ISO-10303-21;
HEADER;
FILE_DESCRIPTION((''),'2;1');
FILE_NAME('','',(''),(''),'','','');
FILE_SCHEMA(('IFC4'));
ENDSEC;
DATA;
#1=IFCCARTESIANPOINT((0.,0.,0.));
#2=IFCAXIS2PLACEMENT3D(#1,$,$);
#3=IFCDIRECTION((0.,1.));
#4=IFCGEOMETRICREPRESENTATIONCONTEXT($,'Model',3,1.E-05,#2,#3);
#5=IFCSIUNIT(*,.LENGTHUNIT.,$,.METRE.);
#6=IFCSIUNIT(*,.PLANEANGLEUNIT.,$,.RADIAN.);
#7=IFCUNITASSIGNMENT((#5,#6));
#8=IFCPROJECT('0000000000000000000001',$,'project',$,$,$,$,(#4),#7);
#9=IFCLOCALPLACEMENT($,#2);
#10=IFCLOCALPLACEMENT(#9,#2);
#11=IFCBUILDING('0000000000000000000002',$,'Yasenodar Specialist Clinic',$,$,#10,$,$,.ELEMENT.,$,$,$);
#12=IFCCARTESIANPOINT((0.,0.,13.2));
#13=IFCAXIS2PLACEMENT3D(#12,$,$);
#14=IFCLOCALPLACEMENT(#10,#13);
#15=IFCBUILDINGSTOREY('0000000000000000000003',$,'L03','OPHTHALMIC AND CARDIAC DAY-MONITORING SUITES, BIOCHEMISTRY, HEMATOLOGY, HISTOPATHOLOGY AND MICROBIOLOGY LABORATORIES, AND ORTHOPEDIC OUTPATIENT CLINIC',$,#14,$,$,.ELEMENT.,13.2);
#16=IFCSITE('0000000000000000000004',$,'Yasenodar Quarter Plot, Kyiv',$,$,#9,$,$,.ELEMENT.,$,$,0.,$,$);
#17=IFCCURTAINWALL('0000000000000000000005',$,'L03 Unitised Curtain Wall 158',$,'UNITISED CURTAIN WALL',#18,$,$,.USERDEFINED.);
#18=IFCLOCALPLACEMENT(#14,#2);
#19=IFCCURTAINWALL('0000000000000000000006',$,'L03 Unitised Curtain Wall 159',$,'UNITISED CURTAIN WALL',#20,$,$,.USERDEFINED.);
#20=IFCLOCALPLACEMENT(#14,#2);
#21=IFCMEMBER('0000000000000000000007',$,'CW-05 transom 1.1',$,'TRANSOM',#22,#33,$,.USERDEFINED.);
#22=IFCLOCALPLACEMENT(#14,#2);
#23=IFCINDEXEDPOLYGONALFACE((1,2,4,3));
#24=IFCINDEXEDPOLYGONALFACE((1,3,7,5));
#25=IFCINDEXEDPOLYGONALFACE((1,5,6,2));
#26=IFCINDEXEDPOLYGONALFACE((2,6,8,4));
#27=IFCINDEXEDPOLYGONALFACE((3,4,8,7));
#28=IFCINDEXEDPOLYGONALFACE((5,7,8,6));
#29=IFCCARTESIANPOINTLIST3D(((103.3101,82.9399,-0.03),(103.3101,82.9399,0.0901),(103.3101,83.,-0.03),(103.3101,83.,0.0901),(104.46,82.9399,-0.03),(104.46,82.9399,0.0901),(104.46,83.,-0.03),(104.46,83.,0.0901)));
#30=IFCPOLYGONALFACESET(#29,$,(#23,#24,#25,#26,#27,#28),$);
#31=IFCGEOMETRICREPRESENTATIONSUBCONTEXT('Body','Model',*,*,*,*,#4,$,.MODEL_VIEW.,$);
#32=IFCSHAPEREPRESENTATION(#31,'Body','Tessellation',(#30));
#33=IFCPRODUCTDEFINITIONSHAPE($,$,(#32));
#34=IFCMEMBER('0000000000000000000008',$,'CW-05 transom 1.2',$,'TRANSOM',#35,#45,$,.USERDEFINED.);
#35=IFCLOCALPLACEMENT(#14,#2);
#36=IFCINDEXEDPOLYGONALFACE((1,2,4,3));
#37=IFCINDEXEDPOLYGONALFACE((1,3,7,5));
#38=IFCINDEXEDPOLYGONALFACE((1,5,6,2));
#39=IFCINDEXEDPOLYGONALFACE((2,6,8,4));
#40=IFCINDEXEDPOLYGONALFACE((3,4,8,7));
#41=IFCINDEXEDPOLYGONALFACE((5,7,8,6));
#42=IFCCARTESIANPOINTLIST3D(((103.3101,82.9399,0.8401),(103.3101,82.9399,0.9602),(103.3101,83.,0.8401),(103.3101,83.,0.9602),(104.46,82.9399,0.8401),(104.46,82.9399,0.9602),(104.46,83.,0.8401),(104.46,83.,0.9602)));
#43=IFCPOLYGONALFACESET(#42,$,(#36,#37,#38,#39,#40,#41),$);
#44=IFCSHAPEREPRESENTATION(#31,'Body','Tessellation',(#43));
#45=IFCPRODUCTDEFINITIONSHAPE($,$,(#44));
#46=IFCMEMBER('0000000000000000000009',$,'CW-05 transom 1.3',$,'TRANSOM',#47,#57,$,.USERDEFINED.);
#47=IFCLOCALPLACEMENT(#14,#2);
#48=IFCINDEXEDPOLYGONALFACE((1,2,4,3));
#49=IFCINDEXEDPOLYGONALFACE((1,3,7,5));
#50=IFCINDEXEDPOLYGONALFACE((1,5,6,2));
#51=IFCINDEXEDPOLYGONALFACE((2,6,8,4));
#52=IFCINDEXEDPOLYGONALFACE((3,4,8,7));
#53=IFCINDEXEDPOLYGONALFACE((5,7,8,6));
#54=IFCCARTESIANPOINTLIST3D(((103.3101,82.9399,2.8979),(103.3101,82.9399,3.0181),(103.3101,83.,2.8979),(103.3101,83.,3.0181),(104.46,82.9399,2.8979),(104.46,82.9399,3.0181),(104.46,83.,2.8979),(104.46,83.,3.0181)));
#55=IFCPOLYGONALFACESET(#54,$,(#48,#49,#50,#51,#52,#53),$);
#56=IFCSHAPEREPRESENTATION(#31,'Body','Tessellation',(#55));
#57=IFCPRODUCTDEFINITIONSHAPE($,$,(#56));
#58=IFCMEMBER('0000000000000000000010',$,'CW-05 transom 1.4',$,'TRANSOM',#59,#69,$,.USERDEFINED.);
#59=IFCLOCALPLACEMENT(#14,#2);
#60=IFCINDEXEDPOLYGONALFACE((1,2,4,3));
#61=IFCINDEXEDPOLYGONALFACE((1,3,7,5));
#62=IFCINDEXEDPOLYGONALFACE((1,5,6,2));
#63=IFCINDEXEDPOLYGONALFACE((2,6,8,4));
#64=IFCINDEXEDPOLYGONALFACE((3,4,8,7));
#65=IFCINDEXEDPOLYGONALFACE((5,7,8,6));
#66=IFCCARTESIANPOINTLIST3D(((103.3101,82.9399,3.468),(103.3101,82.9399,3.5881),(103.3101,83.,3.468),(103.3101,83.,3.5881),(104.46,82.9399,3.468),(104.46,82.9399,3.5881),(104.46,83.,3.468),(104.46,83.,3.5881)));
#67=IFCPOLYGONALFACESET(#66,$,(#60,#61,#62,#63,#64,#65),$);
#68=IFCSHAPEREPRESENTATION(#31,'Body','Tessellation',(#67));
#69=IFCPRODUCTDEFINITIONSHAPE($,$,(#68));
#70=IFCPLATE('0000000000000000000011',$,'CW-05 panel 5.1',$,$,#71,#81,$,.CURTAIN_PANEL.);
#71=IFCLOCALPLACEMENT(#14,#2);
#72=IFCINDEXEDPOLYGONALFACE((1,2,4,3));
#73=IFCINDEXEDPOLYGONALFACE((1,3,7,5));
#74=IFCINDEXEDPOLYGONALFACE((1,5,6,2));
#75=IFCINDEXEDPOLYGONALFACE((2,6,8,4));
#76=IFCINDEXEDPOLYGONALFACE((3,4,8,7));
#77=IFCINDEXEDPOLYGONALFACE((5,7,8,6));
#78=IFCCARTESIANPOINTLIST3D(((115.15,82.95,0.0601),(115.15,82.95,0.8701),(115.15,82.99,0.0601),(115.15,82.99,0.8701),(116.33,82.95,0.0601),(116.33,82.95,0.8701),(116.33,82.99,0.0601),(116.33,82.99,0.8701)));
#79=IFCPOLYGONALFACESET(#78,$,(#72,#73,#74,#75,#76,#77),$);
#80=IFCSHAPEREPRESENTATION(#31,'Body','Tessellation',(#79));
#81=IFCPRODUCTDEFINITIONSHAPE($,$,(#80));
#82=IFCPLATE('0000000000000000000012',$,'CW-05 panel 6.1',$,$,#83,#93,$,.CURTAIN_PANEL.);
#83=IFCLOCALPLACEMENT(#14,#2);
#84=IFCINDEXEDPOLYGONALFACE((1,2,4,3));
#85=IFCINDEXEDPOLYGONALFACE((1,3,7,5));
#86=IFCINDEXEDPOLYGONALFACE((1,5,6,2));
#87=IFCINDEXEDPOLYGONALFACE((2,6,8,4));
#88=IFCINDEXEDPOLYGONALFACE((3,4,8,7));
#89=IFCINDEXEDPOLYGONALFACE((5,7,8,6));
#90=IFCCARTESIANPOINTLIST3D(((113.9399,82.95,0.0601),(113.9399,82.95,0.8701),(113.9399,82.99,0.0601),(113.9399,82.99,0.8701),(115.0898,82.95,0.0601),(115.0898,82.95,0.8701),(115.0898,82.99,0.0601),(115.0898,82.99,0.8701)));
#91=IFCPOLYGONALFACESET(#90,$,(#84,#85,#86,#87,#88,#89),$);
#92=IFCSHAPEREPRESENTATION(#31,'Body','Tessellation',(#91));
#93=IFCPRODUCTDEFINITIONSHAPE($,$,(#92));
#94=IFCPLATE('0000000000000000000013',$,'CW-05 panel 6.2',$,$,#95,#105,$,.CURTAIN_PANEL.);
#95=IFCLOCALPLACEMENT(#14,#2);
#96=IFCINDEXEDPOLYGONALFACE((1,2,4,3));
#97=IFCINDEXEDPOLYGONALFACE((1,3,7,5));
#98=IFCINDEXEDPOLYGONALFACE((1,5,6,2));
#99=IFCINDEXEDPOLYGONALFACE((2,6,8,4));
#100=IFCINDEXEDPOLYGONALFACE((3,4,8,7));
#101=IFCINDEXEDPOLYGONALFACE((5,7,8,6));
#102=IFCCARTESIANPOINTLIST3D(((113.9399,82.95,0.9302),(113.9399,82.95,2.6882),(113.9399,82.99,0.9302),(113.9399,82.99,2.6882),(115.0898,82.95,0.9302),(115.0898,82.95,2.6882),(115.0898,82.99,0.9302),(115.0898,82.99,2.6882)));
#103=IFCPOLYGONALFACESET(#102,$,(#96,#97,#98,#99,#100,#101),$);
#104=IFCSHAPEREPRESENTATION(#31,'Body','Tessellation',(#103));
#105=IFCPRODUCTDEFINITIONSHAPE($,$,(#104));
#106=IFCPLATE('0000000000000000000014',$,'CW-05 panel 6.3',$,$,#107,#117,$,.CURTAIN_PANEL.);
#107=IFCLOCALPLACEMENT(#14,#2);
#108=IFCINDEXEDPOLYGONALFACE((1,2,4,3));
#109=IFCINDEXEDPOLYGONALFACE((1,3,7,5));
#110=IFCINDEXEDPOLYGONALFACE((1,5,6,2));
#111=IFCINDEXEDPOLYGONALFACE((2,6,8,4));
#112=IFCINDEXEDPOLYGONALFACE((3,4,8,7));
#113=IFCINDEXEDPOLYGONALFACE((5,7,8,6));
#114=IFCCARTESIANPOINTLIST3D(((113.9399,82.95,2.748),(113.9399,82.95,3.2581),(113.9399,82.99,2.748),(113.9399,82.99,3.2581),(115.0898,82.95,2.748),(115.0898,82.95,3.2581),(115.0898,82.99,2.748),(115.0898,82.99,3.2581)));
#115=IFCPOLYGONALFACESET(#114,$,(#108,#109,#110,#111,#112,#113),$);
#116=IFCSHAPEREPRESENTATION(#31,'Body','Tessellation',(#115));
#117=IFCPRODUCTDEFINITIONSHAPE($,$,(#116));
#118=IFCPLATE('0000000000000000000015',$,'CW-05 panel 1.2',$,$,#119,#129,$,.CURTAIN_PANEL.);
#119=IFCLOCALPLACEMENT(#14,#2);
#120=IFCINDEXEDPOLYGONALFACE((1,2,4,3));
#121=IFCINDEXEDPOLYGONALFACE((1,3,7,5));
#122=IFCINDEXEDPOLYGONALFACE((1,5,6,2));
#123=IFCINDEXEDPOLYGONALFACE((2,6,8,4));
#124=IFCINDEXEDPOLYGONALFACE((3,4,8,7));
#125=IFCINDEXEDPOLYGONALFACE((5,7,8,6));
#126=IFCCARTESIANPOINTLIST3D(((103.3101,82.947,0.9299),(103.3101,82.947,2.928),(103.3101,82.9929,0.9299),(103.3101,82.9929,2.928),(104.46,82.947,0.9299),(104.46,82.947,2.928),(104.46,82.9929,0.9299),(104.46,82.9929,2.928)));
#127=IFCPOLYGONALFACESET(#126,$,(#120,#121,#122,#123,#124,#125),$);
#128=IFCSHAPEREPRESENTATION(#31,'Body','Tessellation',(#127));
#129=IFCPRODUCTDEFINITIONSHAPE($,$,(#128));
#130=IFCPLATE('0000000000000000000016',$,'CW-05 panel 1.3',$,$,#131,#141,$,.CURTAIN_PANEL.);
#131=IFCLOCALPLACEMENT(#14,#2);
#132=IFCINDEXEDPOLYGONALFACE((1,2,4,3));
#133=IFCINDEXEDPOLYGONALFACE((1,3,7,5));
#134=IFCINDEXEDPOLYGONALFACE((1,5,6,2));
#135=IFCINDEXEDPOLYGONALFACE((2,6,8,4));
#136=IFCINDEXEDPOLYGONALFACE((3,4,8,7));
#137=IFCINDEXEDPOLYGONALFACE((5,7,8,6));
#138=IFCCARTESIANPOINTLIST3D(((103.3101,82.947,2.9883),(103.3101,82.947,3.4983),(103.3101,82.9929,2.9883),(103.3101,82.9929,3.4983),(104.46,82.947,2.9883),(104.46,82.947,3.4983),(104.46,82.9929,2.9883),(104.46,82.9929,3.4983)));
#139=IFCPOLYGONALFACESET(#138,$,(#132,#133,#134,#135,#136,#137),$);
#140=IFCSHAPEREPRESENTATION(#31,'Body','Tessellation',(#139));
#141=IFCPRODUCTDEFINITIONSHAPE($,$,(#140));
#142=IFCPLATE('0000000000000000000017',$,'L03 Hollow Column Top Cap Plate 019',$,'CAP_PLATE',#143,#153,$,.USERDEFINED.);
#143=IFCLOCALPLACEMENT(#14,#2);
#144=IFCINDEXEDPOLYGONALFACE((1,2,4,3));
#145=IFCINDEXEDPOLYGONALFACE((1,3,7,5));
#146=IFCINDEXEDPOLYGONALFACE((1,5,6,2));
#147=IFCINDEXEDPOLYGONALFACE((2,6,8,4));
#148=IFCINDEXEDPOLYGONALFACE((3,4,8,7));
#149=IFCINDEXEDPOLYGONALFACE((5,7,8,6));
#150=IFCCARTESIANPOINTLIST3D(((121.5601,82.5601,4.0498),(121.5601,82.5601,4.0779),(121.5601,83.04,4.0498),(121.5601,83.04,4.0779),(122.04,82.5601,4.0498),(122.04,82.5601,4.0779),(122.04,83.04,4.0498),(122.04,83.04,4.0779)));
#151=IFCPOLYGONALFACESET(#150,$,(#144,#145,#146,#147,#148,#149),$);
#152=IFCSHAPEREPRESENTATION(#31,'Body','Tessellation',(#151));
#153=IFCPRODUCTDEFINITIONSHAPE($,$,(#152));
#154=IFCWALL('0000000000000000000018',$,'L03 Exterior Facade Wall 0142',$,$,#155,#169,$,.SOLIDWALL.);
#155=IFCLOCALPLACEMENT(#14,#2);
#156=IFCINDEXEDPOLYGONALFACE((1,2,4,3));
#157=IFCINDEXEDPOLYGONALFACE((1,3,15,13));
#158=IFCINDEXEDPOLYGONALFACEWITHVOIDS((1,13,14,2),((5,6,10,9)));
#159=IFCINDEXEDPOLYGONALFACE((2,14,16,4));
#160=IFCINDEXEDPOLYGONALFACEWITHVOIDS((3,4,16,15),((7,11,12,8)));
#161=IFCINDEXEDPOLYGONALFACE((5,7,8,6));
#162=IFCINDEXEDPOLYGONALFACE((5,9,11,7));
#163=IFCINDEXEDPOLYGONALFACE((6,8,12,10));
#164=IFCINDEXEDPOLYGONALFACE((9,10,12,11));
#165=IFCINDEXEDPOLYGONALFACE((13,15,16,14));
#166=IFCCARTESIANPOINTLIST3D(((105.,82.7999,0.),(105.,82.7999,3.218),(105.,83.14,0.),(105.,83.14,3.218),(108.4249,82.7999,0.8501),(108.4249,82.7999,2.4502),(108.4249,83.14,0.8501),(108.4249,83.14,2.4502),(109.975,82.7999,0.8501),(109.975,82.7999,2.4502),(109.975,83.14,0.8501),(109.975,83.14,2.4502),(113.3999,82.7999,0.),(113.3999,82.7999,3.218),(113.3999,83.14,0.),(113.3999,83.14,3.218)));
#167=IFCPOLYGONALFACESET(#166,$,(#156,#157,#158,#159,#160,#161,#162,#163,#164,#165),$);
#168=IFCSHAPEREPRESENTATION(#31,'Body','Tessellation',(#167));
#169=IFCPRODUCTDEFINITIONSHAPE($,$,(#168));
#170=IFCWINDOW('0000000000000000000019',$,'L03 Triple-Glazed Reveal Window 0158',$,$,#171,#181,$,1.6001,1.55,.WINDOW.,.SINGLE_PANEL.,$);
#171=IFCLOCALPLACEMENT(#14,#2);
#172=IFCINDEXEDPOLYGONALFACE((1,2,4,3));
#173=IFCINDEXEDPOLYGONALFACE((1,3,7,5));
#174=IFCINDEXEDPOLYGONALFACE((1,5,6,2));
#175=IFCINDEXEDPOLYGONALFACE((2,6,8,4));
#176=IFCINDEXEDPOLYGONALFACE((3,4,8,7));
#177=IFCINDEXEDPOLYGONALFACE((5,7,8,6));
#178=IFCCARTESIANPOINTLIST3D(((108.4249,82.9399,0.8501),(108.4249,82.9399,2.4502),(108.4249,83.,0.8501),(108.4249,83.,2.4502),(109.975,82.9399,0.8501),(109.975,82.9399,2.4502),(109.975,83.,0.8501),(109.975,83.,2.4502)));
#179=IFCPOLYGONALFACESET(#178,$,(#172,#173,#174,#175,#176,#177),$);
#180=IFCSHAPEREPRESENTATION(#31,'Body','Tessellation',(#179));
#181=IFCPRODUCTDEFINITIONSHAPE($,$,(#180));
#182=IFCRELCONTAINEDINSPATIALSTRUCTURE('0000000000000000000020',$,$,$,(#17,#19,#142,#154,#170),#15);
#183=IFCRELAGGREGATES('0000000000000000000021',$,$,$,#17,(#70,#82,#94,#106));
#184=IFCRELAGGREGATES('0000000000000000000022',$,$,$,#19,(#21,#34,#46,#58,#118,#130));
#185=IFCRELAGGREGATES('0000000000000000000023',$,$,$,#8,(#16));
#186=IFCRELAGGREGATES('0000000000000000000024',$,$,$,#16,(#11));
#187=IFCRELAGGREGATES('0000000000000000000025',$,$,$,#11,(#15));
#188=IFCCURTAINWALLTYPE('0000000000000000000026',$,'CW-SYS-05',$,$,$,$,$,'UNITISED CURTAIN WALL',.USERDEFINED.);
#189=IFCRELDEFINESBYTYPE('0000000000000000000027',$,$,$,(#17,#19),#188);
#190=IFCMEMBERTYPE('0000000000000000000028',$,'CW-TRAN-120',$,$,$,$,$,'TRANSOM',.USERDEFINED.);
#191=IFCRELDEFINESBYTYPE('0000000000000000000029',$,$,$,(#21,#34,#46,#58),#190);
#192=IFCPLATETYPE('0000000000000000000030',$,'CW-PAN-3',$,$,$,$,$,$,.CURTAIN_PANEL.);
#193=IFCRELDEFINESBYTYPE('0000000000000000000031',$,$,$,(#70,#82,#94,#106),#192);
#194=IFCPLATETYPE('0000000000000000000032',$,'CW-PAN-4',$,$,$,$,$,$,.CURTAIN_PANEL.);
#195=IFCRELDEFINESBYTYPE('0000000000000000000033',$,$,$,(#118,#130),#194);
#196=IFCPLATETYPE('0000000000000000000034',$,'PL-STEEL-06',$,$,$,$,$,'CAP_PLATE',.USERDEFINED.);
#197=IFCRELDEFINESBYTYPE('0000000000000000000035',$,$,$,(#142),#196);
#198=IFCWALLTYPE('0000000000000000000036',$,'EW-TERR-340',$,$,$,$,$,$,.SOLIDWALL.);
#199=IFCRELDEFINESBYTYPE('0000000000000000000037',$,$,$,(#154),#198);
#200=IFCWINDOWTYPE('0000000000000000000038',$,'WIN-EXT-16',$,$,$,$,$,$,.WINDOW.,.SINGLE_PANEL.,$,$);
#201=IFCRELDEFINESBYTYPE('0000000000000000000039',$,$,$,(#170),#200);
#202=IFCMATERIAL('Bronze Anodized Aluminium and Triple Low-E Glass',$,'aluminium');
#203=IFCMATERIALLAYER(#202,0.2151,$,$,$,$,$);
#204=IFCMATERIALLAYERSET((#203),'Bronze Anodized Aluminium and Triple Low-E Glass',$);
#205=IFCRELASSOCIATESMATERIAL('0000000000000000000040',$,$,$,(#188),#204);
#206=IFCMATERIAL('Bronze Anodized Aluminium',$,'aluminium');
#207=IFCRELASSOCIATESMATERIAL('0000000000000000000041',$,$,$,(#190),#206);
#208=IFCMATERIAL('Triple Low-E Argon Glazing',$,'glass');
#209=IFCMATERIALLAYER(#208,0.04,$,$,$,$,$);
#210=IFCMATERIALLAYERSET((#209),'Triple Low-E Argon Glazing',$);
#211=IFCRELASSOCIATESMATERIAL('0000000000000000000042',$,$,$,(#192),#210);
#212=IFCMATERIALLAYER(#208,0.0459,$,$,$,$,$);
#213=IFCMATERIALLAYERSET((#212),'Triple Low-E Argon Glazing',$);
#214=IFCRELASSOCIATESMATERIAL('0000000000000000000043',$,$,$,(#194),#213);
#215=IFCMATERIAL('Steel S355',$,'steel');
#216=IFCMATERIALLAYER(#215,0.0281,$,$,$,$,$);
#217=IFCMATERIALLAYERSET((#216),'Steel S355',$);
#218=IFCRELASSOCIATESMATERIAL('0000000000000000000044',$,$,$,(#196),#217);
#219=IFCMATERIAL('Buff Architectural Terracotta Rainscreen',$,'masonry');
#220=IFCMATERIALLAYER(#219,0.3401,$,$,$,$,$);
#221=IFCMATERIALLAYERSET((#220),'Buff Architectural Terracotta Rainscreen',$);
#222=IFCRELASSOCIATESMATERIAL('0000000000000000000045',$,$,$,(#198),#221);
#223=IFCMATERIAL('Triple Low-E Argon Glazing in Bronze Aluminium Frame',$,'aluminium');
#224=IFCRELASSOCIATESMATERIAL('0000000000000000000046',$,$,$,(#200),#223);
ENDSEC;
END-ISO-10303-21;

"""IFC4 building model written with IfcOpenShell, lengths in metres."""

from ifc_helpers import new_model, si_unit, direction, frame, frame_2d, origin, origin_2d, place, context, subcontext, project, spatial, rectangle, extrude, material, layer, layer_set, material_profile, profile_set, type_object, element, fill, aggregate, save


model = new_model("IFC4")

# Units and contexts
model_context = context("Model", 3, precision=1e-05, world=origin(), true_north=direction((0.0, 1.0)))
body_context = subcontext(model_context, "Body", "Model", "MODEL_VIEW")
ifc_project = project(units=[si_unit("LENGTHUNIT", "METRE"), si_unit("PLANEANGLEUNIT", "RADIAN")], contexts=[model_context])

# Site, building, storey
site_placement = place(None, origin())
site = spatial("IfcSite", under=ifc_project, at=site_placement, Name="Yasenodar Quarter Plot, Kyiv", CompositionType="ELEMENT", RefElevation=0.0)
building_placement = place(site_placement, origin())
building = spatial("IfcBuilding", under=site, at=building_placement, Name="Yasenodar Specialist Clinic", CompositionType="ELEMENT")
storey_placement = place(building_placement, frame((0.0, 0.0, 13.2)))
storey = spatial("IfcBuildingStorey", under=building, at=storey_placement, Name="L03", Description="OPHTHALMIC AND CARDIAC DAY-MONITORING SUITES, BIOCHEMISTRY, HEMATOLOGY, HISTOPATHOLOGY AND MICROBIOLOGY LABORATORIES, AND ORTHOPEDIC OUTPATIENT CLINIC", CompositionType="ELEMENT", Elevation=13.2)

# Shared definitions
ifc_material_1 = material(Name="Steel S355", Category="steel")

# Curtain wall
ifc_material_2 = material(Name="Bronze Anodized Aluminium and Triple Low-E Glass", Category="aluminium")
ifc_layer_1 = layer(ifc_material_2, 0.2151)
ifc_layer_set_1 = layer_set([ifc_layer_1], Name="Bronze Anodized Aluminium and Triple Low-E Glass")
curtain_wall_type = type_object("IfcCurtainWallType", Name="CW-SYS-05", ElementType="UNITISED CURTAIN WALL", PredefinedType="USERDEFINED", material=ifc_layer_set_1)
curtain_wall_1_placement = place(storey_placement, origin())
curtain_wall_1 = element("IfcCurtainWall", 1, at=curtain_wall_1_placement, inside=storey, type_object=curtain_wall_type, Name="L03 Unitised Curtain Wall 158", ObjectType="UNITISED CURTAIN WALL", PredefinedType="USERDEFINED")
ifc_material_3 = material(Name="Bronze Anodized Aluminium", Category="aluminium")

# Curtain wall
curtain_wall_2_placement = place(storey_placement, origin())
curtain_wall_2 = element("IfcCurtainWall", 2, at=curtain_wall_2_placement, inside=storey, type_object=curtain_wall_type, Name="L03 Unitised Curtain Wall 159", ObjectType="UNITISED CURTAIN WALL", PredefinedType="USERDEFINED")

# Members
ifc_material_profile_1 = material_profile(ifc_material_3, rectangle(XDim=0.0601, YDim=0.1201, at=origin_2d()), Name="CW-TRAN 60x120")
ifc_profile_set_1 = profile_set([ifc_material_profile_1], Name="Bronze Anodized Aluminium")
member_type_1 = type_object("IfcMemberType", Name="CW-TRAN-120", ElementType="TRANSOM", PredefinedType="USERDEFINED", material=ifc_profile_set_1)
member_1_placement = place(storey_placement, frame((104.46, 82.97, 0.03), z_axis=(-1.0, 0.0, 0.0), x_axis=(0.0, -1.0, 0.0)))
member_1 = element("IfcMember", 3, at=member_1_placement, type_object=member_type_1, Name="CW-05 transom 1.1", ObjectType="TRANSOM", PredefinedType="USERDEFINED", context=body_context, shape_type="SweptSolid", body=[
    extrude(rectangle(XDim=0.0601, YDim=0.1201, at=origin_2d()), origin(), (0.0, 0.0, 1.0), 1.1499),
])
member_2_placement = place(storey_placement, frame((104.46, 82.97, 0.9001), z_axis=(-1.0, 0.0, 0.0), x_axis=(0.0, -1.0, 0.0)))
member_2 = element("IfcMember", 4, at=member_2_placement, type_object=member_type_1, Name="CW-05 transom 1.2", ObjectType="TRANSOM", PredefinedType="USERDEFINED", context=body_context, shape_type="SweptSolid", body=[
    extrude(rectangle(XDim=0.0601, YDim=0.1201, at=origin_2d()), origin(), (0.0, 0.0, 1.0), 1.1499),
])
member_3_placement = place(storey_placement, frame((104.46, 82.97, 2.958), z_axis=(-1.0, 0.0, 0.0), x_axis=(0.0, -1.0, 0.0)))
member_3 = element("IfcMember", 5, at=member_3_placement, type_object=member_type_1, Name="CW-05 transom 1.3", ObjectType="TRANSOM", PredefinedType="USERDEFINED", context=body_context, shape_type="SweptSolid", body=[
    extrude(rectangle(XDim=0.0601, YDim=0.1201, at=origin_2d()), origin(), (0.0, 0.0, 1.0), 1.1499),
])
member_4_placement = place(storey_placement, frame((104.46, 82.97, 3.5281), z_axis=(-1.0, 0.0, 0.0), x_axis=(0.0, -1.0, 0.0)))
member_4 = element("IfcMember", 6, at=member_4_placement, type_object=member_type_1, Name="CW-05 transom 1.4", ObjectType="TRANSOM", PredefinedType="USERDEFINED", context=body_context, shape_type="SweptSolid", body=[
    extrude(rectangle(XDim=0.0601, YDim=0.1201, at=origin_2d()), origin(), (0.0, 0.0, 1.0), 1.1499),
])

# Plates
ifc_material_4 = material(Name="Triple Low-E Argon Glazing", Category="glass")
ifc_layer_2 = layer(ifc_material_4, 0.04)
ifc_layer_set_2 = layer_set([ifc_layer_2], Name="Triple Low-E Argon Glazing")
plate_type_1 = type_object("IfcPlateType", Name="CW-PAN-3", PredefinedType="CURTAIN_PANEL", material=ifc_layer_set_2)
plate_1_placement = place(storey_placement, frame((115.74, 82.97, 0.0601), z_axis=(0.0, 0.0, 1.0), x_axis=(-1.0, 0.0, 0.0)))
plate_1 = element("IfcPlate", 7, at=plate_1_placement, type_object=plate_type_1, Name="CW-05 panel 5.1", PredefinedType="CURTAIN_PANEL", context=body_context, shape_type="SweptSolid", body=[
    extrude(rectangle(XDim=1.1799, YDim=0.04, at=origin_2d()), origin(), (0.0, 0.0, 1.0), 0.8101),
])
plate_2_placement = place(storey_placement, frame((114.5149, 82.97, 0.0601), z_axis=(0.0, 0.0, 1.0), x_axis=(-1.0, 0.0, 0.0)))
plate_2 = element("IfcPlate", 8, at=plate_2_placement, type_object=plate_type_1, Name="CW-05 panel 6.1", PredefinedType="CURTAIN_PANEL", context=body_context, shape_type="SweptSolid", body=[
    extrude(rectangle(XDim=1.1499, YDim=0.04, at=origin_2d()), origin(), (0.0, 0.0, 1.0), 0.8101),
])
plate_3_placement = place(storey_placement, frame((114.5149, 82.97, 0.9302), z_axis=(0.0, 0.0, 1.0), x_axis=(-1.0, 0.0, 0.0)))
plate_3 = element("IfcPlate", 9, at=plate_3_placement, type_object=plate_type_1, Name="CW-05 panel 6.2", PredefinedType="CURTAIN_PANEL", context=body_context, shape_type="SweptSolid", body=[
    extrude(rectangle(XDim=1.1499, YDim=0.04, at=origin_2d()), origin(), (0.0, 0.0, 1.0), 1.7581),
])
plate_4_placement = place(storey_placement, frame((114.5149, 82.97, 2.748), z_axis=(0.0, 0.0, 1.0), x_axis=(-1.0, 0.0, 0.0)))
plate_4 = element("IfcPlate", 10, at=plate_4_placement, type_object=plate_type_1, Name="CW-05 panel 6.3", PredefinedType="CURTAIN_PANEL", context=body_context, shape_type="SweptSolid", body=[
    extrude(rectangle(XDim=1.1499, YDim=0.04, at=origin_2d()), origin(), (0.0, 0.0, 1.0), 0.51),
])
aggregate(curtain_wall_1, [plate_1, plate_2, plate_3, plate_4])
ifc_layer_3 = layer(ifc_material_4, 0.0459)
ifc_layer_set_3 = layer_set([ifc_layer_3], Name="Triple Low-E Argon Glazing")
plate_type_2 = type_object("IfcPlateType", Name="CW-PAN-4", PredefinedType="CURTAIN_PANEL", material=ifc_layer_set_3)
plate_5_placement = place(storey_placement, frame((103.885, 82.97, 0.9299), z_axis=(0.0, 0.0, 1.0), x_axis=(-1.0, 0.0, 0.0)))
plate_5 = element("IfcPlate", 11, at=plate_5_placement, type_object=plate_type_2, Name="CW-05 panel 1.2", PredefinedType="CURTAIN_PANEL", context=body_context, shape_type="SweptSolid", body=[
    extrude(rectangle(XDim=1.1499, YDim=0.0459, at=origin_2d()), origin(), (0.0, 0.0, 1.0), 1.998),
])
plate_6_placement = place(storey_placement, frame((103.885, 82.97, 2.9883), z_axis=(0.0, 0.0, 1.0), x_axis=(-1.0, 0.0, 0.0)))
plate_6 = element("IfcPlate", 12, at=plate_6_placement, type_object=plate_type_2, Name="CW-05 panel 1.3", PredefinedType="CURTAIN_PANEL", context=body_context, shape_type="SweptSolid", body=[
    extrude(rectangle(XDim=1.1499, YDim=0.0459, at=origin_2d()), origin(), (0.0, 0.0, 1.0), 0.51),
])
aggregate(curtain_wall_2, [member_1, member_2, member_3, member_4, plate_5, plate_6])
ifc_layer_4 = layer(ifc_material_1, 0.0281)
ifc_layer_set_4 = layer_set([ifc_layer_4], Name="Steel S355")
plate_type_3 = type_object("IfcPlateType", Name="PL-STEEL-06", ElementType="CAP_PLATE", PredefinedType="USERDEFINED", material=ifc_layer_set_4)
plate_7_placement = place(storey_placement, frame((121.8, 82.8, 4.0498), z_axis=(0.0, 0.0, 1.0), x_axis=(1.0, 0.0, 0.0)))
element("IfcPlate", 13, at=plate_7_placement, inside=storey, type_object=plate_type_3, Name="L03 Hollow Column Top Cap Plate 019", ObjectType="CAP_PLATE", PredefinedType="USERDEFINED", context=body_context, shape_type="SweptSolid", body=[
    extrude(rectangle(XDim=0.48, YDim=0.48, at=origin_2d()), origin(), (0.0, 0.0, 1.0), 0.0281),
])

# Wall, opening, window
ifc_material_5 = material(Name="Buff Architectural Terracotta Rainscreen", Category="masonry")
ifc_layer_5 = layer(ifc_material_5, 0.3401)
ifc_layer_set_5 = layer_set([ifc_layer_5], Name="Buff Architectural Terracotta Rainscreen")
wall_type = type_object("IfcWallType", Name="EW-TERR-340", PredefinedType="SOLIDWALL", material=ifc_layer_set_5)
wall_placement = place(storey_placement, frame((113.3999, 82.97, 0.0), z_axis=(0.0, 0.0, 1.0), x_axis=(-1.0, 0.0, 0.0)))
wall = element("IfcWall", 14, at=wall_placement, inside=storey, type_object=wall_type, Name="L03 Exterior Facade Wall 0142", PredefinedType="SOLIDWALL", context=body_context, shape_type="SweptSolid", body=[
    extrude(rectangle(XDim=8.3999, YDim=0.3401, at=frame_2d((4.2, 0.0))), origin(), (0.0, 0.0, 1.0), 3.218),
])
opening_placement = place(wall_placement, frame((3.425, 0.0, 0.8501)))
opening = element("IfcOpeningElement", 15, at=opening_placement, cuts=wall, PredefinedType="OPENING", context=body_context, shape_type="SweptSolid", body=[
    extrude(rectangle(XDim=1.55, YDim=1.6001, at=frame_2d((0.7749, 0.8))), frame((0.0, 0.1802, 0.0), z_axis=(0.0, -1.0, 0.0), x_axis=(1.0, 0.0, 0.0)), (0.0, 0.0, 1.0), 0.3601),
])
ifc_material_6 = material(Name="Triple Low-E Argon Glazing in Bronze Aluminium Frame", Category="aluminium")
window_type = type_object("IfcWindowType", Name="WIN-EXT-16", PartitioningType="SINGLE_PANEL", PredefinedType="WINDOW", material=ifc_material_6)
window_placement = place(opening_placement, origin())
window = element("IfcWindow", 16, at=window_placement, inside=storey, type_object=window_type, Name="L03 Triple-Glazed Reveal Window 0158", OverallHeight=1.6001, OverallWidth=1.55, PartitioningType="SINGLE_PANEL", PredefinedType="WINDOW", context=body_context, shape_type="SweptSolid", body=[
    extrude(rectangle(XDim=1.55, YDim=1.6001, at=frame_2d((0.7749, 0.8))), frame((0.0, 0.03, 0.0), z_axis=(0.0, -1.0, 0.0), x_axis=(1.0, 0.0, 0.0)), (0.0, 0.0, 1.0), 0.0601),
])
fill(opening, window)

save(model, "model.ifc")
